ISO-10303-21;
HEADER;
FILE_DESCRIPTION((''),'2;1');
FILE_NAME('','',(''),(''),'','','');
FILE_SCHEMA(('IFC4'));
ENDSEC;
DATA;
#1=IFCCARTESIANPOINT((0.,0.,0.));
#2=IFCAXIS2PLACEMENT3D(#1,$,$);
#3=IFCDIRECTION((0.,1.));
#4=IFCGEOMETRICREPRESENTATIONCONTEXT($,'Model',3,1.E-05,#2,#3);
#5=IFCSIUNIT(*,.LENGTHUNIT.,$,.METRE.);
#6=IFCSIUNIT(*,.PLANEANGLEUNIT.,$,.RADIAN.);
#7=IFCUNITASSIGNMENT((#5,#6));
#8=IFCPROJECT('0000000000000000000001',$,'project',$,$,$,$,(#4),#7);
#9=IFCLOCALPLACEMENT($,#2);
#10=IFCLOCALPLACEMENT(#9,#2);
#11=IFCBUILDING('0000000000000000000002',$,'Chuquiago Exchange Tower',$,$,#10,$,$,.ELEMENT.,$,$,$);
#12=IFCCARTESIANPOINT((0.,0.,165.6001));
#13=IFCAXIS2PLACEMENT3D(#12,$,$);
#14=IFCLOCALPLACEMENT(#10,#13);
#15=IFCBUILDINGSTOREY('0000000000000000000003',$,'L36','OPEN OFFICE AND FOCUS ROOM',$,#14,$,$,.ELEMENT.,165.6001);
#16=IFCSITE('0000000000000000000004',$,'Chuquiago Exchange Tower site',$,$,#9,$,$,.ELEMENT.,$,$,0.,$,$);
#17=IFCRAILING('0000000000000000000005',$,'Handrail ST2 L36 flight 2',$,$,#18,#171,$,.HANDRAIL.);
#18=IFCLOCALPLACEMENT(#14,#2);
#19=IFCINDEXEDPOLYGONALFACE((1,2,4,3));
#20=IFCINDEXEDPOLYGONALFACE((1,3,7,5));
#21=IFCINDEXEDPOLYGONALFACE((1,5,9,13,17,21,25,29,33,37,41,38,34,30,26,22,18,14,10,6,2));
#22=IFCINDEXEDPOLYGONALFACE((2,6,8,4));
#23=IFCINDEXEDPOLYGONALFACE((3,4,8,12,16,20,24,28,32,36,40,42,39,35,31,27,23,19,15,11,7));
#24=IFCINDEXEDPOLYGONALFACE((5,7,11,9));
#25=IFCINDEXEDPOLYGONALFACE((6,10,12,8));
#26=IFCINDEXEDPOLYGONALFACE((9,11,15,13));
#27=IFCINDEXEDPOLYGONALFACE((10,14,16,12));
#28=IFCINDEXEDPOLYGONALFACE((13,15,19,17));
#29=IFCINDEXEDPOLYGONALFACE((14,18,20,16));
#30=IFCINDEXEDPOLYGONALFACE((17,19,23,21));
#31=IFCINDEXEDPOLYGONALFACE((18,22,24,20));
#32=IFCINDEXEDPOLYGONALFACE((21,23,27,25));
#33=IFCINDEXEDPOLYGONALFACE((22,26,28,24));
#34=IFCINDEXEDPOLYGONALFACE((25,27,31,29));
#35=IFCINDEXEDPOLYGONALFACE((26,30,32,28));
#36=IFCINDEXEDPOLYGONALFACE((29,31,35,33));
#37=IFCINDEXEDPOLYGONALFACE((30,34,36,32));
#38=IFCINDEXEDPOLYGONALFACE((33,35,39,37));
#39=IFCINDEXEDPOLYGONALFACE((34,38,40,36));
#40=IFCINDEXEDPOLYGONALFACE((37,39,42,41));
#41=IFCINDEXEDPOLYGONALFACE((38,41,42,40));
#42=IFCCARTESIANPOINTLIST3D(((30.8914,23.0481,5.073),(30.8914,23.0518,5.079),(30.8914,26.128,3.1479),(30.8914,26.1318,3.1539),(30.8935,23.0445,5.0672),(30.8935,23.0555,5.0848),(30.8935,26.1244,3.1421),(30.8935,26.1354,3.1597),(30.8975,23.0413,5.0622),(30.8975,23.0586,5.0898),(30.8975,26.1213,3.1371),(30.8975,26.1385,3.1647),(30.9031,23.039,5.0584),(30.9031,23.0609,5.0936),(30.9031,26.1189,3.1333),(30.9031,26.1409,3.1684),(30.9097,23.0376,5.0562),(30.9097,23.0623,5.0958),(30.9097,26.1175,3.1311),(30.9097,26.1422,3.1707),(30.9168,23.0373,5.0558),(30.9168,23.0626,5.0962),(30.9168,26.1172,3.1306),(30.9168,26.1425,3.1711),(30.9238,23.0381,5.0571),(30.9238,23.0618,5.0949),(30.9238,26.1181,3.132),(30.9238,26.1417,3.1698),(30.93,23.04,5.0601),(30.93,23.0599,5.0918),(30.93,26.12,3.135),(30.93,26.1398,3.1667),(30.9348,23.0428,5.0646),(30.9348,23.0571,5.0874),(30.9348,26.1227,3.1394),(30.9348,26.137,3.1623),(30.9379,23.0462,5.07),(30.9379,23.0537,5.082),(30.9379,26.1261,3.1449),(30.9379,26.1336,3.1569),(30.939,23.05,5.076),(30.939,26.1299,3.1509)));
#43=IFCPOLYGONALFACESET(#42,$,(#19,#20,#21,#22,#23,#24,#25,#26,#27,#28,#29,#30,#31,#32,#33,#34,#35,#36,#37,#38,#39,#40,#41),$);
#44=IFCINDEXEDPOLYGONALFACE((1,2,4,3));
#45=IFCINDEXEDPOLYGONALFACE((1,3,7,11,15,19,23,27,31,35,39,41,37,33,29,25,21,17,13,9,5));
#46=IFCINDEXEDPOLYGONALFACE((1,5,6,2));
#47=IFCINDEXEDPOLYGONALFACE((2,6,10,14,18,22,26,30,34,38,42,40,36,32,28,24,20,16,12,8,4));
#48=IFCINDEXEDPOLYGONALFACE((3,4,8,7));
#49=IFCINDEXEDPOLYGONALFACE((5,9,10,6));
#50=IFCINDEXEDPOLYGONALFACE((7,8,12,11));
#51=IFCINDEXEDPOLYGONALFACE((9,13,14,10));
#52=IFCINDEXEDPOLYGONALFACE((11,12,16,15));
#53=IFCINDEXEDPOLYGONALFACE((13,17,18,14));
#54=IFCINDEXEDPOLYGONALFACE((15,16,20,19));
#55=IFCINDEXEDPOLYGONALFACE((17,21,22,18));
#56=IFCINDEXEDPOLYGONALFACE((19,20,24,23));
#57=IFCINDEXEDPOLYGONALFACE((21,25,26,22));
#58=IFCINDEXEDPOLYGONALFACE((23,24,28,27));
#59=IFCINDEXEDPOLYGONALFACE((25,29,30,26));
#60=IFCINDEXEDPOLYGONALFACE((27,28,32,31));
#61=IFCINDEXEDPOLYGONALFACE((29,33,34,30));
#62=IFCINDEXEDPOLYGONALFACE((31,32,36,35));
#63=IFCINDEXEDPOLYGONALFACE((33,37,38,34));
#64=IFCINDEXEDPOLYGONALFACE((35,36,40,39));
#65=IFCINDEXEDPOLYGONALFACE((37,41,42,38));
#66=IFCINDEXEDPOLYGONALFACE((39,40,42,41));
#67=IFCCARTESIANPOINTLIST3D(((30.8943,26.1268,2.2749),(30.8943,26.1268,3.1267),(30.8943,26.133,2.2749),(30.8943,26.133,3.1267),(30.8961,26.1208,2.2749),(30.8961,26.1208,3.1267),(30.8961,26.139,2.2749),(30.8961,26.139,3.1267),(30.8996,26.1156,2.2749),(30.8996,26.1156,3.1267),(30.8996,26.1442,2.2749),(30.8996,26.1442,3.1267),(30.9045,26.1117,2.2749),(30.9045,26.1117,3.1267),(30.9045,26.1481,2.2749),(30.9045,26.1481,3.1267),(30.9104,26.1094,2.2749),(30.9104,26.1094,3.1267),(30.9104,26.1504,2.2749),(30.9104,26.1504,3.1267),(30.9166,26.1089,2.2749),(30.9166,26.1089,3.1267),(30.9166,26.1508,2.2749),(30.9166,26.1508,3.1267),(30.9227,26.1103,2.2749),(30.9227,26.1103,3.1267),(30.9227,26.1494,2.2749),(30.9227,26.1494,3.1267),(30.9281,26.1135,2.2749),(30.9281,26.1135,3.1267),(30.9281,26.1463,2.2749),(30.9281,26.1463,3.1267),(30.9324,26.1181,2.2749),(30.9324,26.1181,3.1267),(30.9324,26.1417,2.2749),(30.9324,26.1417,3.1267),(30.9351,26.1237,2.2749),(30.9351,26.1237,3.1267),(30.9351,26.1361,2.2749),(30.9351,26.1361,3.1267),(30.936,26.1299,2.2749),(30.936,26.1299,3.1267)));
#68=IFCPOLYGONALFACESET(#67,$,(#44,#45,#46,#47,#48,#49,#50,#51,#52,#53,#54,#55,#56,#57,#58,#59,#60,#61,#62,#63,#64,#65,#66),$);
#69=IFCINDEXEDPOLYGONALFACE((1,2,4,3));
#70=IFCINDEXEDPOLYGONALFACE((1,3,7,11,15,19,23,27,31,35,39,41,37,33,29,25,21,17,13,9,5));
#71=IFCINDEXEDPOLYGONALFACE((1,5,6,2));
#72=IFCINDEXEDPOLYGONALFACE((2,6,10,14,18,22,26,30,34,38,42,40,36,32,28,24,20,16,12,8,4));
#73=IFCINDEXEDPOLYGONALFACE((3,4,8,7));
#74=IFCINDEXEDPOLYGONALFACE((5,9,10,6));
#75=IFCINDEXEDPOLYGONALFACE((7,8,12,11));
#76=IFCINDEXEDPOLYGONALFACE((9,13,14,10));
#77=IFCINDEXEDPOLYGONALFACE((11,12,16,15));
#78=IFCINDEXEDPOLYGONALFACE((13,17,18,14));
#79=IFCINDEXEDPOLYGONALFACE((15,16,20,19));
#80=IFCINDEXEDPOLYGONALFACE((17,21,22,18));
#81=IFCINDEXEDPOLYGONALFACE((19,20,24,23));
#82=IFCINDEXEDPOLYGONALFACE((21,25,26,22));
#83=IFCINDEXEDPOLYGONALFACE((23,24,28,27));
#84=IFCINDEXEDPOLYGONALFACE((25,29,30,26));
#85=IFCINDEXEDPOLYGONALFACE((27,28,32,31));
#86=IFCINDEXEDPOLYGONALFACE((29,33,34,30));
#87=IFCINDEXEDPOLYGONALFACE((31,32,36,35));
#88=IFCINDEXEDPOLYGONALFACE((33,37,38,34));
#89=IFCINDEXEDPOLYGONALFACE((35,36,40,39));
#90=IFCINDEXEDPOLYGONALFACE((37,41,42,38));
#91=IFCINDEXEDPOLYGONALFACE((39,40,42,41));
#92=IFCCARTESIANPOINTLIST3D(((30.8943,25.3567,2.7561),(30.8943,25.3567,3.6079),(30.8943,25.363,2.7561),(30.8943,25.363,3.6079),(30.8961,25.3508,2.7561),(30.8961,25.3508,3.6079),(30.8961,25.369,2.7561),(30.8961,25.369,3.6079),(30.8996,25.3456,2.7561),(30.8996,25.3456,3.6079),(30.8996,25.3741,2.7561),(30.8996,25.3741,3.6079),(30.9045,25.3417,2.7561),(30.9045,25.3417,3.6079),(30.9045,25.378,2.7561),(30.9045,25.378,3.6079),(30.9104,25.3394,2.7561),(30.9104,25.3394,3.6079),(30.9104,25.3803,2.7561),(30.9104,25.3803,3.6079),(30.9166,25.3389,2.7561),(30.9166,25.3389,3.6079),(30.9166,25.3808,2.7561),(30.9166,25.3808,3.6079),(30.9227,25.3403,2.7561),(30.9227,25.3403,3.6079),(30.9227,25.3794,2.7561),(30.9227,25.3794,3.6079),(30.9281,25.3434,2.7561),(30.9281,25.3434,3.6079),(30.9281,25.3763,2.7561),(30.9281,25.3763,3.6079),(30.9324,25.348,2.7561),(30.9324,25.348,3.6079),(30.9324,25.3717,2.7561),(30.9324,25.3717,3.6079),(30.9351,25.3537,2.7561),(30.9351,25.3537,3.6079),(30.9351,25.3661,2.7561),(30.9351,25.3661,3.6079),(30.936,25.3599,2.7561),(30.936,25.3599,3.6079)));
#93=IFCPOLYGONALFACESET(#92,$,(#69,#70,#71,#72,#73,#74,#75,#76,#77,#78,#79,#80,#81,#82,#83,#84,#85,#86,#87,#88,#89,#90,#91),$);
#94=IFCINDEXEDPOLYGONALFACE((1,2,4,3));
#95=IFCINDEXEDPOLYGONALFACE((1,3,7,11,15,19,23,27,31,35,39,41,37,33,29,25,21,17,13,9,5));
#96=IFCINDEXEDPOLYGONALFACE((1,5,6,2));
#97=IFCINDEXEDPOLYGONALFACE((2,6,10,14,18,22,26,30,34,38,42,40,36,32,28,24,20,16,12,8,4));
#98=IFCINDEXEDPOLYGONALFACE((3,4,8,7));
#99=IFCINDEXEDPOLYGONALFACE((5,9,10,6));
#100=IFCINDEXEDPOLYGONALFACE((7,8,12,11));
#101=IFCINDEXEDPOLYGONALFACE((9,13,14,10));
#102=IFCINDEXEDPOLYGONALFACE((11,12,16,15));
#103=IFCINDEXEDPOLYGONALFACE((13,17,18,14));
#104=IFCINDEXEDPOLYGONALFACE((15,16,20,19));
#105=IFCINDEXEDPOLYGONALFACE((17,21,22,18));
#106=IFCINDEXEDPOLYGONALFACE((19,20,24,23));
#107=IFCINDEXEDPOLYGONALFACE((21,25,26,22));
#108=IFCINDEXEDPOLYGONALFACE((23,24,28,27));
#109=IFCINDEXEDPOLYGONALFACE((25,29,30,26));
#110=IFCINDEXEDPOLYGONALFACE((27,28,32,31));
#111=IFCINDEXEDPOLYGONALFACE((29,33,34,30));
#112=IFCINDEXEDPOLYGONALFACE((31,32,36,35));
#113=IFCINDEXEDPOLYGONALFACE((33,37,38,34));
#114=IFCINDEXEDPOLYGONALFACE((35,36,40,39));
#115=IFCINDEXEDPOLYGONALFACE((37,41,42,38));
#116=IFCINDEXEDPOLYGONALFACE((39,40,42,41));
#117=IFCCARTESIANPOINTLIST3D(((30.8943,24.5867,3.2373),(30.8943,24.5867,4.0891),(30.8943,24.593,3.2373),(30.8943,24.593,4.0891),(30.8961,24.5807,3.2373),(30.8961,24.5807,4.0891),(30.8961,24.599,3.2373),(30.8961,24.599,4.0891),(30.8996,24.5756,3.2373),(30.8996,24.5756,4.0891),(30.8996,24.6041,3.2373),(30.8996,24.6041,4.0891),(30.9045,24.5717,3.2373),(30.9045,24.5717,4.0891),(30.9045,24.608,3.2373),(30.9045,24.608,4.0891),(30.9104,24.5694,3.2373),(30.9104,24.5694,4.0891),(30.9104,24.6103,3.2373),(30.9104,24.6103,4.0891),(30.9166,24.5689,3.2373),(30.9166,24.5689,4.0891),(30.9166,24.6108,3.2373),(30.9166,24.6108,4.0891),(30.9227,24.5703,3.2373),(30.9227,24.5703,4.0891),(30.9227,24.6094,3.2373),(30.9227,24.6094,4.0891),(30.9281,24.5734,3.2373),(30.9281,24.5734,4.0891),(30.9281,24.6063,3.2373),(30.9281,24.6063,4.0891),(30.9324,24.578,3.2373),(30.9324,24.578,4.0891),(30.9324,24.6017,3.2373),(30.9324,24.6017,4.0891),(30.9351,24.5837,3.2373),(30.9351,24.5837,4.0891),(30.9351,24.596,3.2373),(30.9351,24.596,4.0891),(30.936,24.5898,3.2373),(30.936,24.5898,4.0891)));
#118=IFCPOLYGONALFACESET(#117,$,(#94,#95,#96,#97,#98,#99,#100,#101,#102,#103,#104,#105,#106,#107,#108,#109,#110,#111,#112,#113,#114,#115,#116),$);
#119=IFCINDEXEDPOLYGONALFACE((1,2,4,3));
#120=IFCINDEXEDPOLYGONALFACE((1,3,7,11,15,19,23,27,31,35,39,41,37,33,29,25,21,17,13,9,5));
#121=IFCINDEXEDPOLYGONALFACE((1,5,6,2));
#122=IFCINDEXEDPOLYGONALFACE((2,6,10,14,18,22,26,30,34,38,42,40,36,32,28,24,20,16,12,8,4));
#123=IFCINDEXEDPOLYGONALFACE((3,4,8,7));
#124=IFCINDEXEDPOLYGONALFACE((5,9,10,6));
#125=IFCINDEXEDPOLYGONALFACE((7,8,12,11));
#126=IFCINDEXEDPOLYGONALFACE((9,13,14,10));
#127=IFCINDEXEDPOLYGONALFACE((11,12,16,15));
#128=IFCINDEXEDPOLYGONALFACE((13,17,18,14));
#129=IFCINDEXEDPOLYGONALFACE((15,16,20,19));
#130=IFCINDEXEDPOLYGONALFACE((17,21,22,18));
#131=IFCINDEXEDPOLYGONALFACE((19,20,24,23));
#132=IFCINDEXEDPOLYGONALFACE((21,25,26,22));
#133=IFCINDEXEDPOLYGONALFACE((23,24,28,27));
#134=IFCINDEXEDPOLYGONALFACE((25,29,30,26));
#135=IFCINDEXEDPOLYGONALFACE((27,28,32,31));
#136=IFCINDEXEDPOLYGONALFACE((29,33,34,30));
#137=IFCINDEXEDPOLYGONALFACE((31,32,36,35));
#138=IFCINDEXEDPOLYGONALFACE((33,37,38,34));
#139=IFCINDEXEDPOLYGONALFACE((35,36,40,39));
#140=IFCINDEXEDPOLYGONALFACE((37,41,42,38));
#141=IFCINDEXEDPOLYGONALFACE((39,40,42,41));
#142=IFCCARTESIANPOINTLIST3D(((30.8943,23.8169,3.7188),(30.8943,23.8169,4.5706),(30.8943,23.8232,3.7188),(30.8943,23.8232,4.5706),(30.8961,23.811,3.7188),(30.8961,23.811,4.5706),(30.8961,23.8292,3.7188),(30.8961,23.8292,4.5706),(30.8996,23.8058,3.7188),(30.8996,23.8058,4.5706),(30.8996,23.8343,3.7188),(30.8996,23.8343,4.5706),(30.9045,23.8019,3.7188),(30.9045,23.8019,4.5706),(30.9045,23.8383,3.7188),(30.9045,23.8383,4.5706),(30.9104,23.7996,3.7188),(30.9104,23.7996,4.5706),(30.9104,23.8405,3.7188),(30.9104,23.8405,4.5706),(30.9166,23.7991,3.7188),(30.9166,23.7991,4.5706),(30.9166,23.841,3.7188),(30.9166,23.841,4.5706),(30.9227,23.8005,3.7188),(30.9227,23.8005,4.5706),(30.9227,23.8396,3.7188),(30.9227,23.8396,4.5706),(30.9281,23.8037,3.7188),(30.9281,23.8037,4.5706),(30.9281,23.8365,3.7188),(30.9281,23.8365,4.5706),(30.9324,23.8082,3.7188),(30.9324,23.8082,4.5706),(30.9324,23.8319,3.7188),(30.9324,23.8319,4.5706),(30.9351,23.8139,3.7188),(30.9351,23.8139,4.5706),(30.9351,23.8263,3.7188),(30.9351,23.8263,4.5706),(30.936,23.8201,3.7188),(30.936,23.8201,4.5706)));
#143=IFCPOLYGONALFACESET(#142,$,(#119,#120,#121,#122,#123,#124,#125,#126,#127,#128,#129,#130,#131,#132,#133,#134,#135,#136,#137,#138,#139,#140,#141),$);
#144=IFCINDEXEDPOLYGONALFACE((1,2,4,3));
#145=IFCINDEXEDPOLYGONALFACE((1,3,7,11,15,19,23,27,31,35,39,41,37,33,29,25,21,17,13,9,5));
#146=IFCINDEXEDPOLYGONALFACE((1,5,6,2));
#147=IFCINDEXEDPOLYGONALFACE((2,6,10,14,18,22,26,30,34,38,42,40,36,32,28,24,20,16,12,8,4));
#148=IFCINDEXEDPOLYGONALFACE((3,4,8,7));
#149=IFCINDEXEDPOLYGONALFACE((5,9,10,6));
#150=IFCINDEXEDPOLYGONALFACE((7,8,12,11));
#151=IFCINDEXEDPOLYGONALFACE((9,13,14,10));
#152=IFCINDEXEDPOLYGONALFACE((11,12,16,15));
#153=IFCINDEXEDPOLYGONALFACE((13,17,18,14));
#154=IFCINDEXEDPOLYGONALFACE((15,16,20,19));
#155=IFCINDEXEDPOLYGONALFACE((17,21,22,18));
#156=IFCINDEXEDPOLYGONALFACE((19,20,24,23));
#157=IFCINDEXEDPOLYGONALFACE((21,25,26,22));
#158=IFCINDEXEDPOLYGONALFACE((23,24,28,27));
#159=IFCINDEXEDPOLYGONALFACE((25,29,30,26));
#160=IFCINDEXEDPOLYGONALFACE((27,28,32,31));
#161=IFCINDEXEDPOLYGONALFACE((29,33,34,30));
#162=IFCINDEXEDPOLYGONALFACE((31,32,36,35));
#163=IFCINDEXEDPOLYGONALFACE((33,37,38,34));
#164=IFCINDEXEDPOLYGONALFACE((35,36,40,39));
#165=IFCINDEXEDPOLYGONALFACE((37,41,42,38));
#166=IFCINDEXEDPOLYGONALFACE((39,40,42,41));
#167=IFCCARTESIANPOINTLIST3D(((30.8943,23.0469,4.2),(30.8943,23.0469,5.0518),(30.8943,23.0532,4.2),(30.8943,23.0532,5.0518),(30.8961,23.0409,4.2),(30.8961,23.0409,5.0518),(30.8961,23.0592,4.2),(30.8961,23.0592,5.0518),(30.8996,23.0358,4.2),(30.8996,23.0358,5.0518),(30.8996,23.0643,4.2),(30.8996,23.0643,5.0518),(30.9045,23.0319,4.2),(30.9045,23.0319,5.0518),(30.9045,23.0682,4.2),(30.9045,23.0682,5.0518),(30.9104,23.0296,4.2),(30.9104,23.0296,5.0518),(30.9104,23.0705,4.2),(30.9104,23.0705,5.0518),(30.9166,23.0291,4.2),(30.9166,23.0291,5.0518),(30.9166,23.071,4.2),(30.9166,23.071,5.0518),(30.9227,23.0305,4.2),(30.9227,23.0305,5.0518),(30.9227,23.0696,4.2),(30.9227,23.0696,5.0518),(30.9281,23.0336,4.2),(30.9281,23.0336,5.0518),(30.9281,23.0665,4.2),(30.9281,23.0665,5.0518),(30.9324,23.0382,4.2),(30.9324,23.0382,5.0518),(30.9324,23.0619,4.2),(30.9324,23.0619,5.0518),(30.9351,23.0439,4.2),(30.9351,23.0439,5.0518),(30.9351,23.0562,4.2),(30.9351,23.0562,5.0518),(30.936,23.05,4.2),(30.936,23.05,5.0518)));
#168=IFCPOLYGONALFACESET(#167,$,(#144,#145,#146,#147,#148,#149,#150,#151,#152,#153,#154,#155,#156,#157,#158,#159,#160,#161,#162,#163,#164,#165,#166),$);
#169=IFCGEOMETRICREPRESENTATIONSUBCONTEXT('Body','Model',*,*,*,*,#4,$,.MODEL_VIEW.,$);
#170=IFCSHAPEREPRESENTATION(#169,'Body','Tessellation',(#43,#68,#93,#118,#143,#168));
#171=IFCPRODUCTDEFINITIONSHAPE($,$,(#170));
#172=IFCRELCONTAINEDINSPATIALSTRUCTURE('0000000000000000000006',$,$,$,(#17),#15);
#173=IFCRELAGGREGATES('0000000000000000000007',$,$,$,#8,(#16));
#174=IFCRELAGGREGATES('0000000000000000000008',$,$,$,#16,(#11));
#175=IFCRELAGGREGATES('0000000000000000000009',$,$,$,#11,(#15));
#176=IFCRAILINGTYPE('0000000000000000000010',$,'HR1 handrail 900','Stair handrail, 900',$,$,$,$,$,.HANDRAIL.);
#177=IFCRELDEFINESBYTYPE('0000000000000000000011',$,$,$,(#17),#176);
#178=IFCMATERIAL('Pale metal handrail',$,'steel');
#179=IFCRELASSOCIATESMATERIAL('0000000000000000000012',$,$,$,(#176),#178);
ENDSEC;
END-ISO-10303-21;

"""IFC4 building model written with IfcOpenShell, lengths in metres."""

from ifc_helpers import new_model, si_unit, direction, frame, origin, origin_2d, place, context, subcontext, project, spatial, circle, extrude, material, type_object, element, save


model = new_model("IFC4")

# Units and contexts
model_context = context("Model", 3, precision=1e-05, world=origin(), true_north=direction((0.0, 1.0)))
body_context = subcontext(model_context, "Body", "Model", "MODEL_VIEW")
ifc_project = project(units=[si_unit("LENGTHUNIT", "METRE"), si_unit("PLANEANGLEUNIT", "RADIAN")], contexts=[model_context])

# Site, building, storey
site_placement = place(None, origin())
site = spatial("IfcSite", under=ifc_project, at=site_placement, Name="Chuquiago Exchange Tower site", CompositionType="ELEMENT", RefElevation=0.0)
building_placement = place(site_placement, origin())
building = spatial("IfcBuilding", under=site, at=building_placement, Name="Chuquiago Exchange Tower", CompositionType="ELEMENT")
storey_placement = place(building_placement, frame((0.0, 0.0, 165.6001)))
storey = spatial("IfcBuildingStorey", under=building, at=storey_placement, Name="L36", Description="OPEN OFFICE AND FOCUS ROOM", CompositionType="ELEMENT", Elevation=165.6001)

# Railing
ifc_material_1 = material(Name="Pale metal handrail", Category="steel")
railing_type_1 = type_object("IfcRailingType", Name="HR1 handrail 900", Description="Stair handrail, 900", PredefinedType="HANDRAIL", material=ifc_material_1)
for number, where, name in (
    (1, (30.915, 26.1299, 2.2749), "Handrail ST2 L36 flight 2"),
):
    element("IfcRailing", number, at=place(storey_placement, frame(where)), inside=storey, type_object=railing_type_1, Name=name, PredefinedType="HANDRAIL", context=body_context, shape_type="SweptSolid", body=[
        extrude(circle(Radius=0.0239, at=origin_2d()), frame((0.0, 0.0, 0.876), z_axis=(0.0, -0.847979, 0.530029), x_axis=(1.0, 0.0, 0.0)), (0.0, 0.0, 1.0), 3.6321),
        extrude(circle(Radius=0.021, at=origin_2d()), origin(), (0.0, 0.0, 1.0), 0.8518),
        extrude(circle(Radius=0.021, at=origin_2d()), frame((0.0, -0.77, 0.4812)), (0.0, 0.0, 1.0), 0.8518),
        extrude(circle(Radius=0.021, at=origin_2d()), frame((0.0, -1.54, 0.9624)), (0.0, 0.0, 1.0), 0.8518),
        extrude(circle(Radius=0.021, at=origin_2d()), frame((0.0, -2.3098, 1.4438)), (0.0, 0.0, 1.0), 0.8518),
        extrude(circle(Radius=0.021, at=origin_2d()), frame((0.0, -3.0798, 1.925)), (0.0, 0.0, 1.0), 0.8518),
    ])

save(model, "model.ifc")
